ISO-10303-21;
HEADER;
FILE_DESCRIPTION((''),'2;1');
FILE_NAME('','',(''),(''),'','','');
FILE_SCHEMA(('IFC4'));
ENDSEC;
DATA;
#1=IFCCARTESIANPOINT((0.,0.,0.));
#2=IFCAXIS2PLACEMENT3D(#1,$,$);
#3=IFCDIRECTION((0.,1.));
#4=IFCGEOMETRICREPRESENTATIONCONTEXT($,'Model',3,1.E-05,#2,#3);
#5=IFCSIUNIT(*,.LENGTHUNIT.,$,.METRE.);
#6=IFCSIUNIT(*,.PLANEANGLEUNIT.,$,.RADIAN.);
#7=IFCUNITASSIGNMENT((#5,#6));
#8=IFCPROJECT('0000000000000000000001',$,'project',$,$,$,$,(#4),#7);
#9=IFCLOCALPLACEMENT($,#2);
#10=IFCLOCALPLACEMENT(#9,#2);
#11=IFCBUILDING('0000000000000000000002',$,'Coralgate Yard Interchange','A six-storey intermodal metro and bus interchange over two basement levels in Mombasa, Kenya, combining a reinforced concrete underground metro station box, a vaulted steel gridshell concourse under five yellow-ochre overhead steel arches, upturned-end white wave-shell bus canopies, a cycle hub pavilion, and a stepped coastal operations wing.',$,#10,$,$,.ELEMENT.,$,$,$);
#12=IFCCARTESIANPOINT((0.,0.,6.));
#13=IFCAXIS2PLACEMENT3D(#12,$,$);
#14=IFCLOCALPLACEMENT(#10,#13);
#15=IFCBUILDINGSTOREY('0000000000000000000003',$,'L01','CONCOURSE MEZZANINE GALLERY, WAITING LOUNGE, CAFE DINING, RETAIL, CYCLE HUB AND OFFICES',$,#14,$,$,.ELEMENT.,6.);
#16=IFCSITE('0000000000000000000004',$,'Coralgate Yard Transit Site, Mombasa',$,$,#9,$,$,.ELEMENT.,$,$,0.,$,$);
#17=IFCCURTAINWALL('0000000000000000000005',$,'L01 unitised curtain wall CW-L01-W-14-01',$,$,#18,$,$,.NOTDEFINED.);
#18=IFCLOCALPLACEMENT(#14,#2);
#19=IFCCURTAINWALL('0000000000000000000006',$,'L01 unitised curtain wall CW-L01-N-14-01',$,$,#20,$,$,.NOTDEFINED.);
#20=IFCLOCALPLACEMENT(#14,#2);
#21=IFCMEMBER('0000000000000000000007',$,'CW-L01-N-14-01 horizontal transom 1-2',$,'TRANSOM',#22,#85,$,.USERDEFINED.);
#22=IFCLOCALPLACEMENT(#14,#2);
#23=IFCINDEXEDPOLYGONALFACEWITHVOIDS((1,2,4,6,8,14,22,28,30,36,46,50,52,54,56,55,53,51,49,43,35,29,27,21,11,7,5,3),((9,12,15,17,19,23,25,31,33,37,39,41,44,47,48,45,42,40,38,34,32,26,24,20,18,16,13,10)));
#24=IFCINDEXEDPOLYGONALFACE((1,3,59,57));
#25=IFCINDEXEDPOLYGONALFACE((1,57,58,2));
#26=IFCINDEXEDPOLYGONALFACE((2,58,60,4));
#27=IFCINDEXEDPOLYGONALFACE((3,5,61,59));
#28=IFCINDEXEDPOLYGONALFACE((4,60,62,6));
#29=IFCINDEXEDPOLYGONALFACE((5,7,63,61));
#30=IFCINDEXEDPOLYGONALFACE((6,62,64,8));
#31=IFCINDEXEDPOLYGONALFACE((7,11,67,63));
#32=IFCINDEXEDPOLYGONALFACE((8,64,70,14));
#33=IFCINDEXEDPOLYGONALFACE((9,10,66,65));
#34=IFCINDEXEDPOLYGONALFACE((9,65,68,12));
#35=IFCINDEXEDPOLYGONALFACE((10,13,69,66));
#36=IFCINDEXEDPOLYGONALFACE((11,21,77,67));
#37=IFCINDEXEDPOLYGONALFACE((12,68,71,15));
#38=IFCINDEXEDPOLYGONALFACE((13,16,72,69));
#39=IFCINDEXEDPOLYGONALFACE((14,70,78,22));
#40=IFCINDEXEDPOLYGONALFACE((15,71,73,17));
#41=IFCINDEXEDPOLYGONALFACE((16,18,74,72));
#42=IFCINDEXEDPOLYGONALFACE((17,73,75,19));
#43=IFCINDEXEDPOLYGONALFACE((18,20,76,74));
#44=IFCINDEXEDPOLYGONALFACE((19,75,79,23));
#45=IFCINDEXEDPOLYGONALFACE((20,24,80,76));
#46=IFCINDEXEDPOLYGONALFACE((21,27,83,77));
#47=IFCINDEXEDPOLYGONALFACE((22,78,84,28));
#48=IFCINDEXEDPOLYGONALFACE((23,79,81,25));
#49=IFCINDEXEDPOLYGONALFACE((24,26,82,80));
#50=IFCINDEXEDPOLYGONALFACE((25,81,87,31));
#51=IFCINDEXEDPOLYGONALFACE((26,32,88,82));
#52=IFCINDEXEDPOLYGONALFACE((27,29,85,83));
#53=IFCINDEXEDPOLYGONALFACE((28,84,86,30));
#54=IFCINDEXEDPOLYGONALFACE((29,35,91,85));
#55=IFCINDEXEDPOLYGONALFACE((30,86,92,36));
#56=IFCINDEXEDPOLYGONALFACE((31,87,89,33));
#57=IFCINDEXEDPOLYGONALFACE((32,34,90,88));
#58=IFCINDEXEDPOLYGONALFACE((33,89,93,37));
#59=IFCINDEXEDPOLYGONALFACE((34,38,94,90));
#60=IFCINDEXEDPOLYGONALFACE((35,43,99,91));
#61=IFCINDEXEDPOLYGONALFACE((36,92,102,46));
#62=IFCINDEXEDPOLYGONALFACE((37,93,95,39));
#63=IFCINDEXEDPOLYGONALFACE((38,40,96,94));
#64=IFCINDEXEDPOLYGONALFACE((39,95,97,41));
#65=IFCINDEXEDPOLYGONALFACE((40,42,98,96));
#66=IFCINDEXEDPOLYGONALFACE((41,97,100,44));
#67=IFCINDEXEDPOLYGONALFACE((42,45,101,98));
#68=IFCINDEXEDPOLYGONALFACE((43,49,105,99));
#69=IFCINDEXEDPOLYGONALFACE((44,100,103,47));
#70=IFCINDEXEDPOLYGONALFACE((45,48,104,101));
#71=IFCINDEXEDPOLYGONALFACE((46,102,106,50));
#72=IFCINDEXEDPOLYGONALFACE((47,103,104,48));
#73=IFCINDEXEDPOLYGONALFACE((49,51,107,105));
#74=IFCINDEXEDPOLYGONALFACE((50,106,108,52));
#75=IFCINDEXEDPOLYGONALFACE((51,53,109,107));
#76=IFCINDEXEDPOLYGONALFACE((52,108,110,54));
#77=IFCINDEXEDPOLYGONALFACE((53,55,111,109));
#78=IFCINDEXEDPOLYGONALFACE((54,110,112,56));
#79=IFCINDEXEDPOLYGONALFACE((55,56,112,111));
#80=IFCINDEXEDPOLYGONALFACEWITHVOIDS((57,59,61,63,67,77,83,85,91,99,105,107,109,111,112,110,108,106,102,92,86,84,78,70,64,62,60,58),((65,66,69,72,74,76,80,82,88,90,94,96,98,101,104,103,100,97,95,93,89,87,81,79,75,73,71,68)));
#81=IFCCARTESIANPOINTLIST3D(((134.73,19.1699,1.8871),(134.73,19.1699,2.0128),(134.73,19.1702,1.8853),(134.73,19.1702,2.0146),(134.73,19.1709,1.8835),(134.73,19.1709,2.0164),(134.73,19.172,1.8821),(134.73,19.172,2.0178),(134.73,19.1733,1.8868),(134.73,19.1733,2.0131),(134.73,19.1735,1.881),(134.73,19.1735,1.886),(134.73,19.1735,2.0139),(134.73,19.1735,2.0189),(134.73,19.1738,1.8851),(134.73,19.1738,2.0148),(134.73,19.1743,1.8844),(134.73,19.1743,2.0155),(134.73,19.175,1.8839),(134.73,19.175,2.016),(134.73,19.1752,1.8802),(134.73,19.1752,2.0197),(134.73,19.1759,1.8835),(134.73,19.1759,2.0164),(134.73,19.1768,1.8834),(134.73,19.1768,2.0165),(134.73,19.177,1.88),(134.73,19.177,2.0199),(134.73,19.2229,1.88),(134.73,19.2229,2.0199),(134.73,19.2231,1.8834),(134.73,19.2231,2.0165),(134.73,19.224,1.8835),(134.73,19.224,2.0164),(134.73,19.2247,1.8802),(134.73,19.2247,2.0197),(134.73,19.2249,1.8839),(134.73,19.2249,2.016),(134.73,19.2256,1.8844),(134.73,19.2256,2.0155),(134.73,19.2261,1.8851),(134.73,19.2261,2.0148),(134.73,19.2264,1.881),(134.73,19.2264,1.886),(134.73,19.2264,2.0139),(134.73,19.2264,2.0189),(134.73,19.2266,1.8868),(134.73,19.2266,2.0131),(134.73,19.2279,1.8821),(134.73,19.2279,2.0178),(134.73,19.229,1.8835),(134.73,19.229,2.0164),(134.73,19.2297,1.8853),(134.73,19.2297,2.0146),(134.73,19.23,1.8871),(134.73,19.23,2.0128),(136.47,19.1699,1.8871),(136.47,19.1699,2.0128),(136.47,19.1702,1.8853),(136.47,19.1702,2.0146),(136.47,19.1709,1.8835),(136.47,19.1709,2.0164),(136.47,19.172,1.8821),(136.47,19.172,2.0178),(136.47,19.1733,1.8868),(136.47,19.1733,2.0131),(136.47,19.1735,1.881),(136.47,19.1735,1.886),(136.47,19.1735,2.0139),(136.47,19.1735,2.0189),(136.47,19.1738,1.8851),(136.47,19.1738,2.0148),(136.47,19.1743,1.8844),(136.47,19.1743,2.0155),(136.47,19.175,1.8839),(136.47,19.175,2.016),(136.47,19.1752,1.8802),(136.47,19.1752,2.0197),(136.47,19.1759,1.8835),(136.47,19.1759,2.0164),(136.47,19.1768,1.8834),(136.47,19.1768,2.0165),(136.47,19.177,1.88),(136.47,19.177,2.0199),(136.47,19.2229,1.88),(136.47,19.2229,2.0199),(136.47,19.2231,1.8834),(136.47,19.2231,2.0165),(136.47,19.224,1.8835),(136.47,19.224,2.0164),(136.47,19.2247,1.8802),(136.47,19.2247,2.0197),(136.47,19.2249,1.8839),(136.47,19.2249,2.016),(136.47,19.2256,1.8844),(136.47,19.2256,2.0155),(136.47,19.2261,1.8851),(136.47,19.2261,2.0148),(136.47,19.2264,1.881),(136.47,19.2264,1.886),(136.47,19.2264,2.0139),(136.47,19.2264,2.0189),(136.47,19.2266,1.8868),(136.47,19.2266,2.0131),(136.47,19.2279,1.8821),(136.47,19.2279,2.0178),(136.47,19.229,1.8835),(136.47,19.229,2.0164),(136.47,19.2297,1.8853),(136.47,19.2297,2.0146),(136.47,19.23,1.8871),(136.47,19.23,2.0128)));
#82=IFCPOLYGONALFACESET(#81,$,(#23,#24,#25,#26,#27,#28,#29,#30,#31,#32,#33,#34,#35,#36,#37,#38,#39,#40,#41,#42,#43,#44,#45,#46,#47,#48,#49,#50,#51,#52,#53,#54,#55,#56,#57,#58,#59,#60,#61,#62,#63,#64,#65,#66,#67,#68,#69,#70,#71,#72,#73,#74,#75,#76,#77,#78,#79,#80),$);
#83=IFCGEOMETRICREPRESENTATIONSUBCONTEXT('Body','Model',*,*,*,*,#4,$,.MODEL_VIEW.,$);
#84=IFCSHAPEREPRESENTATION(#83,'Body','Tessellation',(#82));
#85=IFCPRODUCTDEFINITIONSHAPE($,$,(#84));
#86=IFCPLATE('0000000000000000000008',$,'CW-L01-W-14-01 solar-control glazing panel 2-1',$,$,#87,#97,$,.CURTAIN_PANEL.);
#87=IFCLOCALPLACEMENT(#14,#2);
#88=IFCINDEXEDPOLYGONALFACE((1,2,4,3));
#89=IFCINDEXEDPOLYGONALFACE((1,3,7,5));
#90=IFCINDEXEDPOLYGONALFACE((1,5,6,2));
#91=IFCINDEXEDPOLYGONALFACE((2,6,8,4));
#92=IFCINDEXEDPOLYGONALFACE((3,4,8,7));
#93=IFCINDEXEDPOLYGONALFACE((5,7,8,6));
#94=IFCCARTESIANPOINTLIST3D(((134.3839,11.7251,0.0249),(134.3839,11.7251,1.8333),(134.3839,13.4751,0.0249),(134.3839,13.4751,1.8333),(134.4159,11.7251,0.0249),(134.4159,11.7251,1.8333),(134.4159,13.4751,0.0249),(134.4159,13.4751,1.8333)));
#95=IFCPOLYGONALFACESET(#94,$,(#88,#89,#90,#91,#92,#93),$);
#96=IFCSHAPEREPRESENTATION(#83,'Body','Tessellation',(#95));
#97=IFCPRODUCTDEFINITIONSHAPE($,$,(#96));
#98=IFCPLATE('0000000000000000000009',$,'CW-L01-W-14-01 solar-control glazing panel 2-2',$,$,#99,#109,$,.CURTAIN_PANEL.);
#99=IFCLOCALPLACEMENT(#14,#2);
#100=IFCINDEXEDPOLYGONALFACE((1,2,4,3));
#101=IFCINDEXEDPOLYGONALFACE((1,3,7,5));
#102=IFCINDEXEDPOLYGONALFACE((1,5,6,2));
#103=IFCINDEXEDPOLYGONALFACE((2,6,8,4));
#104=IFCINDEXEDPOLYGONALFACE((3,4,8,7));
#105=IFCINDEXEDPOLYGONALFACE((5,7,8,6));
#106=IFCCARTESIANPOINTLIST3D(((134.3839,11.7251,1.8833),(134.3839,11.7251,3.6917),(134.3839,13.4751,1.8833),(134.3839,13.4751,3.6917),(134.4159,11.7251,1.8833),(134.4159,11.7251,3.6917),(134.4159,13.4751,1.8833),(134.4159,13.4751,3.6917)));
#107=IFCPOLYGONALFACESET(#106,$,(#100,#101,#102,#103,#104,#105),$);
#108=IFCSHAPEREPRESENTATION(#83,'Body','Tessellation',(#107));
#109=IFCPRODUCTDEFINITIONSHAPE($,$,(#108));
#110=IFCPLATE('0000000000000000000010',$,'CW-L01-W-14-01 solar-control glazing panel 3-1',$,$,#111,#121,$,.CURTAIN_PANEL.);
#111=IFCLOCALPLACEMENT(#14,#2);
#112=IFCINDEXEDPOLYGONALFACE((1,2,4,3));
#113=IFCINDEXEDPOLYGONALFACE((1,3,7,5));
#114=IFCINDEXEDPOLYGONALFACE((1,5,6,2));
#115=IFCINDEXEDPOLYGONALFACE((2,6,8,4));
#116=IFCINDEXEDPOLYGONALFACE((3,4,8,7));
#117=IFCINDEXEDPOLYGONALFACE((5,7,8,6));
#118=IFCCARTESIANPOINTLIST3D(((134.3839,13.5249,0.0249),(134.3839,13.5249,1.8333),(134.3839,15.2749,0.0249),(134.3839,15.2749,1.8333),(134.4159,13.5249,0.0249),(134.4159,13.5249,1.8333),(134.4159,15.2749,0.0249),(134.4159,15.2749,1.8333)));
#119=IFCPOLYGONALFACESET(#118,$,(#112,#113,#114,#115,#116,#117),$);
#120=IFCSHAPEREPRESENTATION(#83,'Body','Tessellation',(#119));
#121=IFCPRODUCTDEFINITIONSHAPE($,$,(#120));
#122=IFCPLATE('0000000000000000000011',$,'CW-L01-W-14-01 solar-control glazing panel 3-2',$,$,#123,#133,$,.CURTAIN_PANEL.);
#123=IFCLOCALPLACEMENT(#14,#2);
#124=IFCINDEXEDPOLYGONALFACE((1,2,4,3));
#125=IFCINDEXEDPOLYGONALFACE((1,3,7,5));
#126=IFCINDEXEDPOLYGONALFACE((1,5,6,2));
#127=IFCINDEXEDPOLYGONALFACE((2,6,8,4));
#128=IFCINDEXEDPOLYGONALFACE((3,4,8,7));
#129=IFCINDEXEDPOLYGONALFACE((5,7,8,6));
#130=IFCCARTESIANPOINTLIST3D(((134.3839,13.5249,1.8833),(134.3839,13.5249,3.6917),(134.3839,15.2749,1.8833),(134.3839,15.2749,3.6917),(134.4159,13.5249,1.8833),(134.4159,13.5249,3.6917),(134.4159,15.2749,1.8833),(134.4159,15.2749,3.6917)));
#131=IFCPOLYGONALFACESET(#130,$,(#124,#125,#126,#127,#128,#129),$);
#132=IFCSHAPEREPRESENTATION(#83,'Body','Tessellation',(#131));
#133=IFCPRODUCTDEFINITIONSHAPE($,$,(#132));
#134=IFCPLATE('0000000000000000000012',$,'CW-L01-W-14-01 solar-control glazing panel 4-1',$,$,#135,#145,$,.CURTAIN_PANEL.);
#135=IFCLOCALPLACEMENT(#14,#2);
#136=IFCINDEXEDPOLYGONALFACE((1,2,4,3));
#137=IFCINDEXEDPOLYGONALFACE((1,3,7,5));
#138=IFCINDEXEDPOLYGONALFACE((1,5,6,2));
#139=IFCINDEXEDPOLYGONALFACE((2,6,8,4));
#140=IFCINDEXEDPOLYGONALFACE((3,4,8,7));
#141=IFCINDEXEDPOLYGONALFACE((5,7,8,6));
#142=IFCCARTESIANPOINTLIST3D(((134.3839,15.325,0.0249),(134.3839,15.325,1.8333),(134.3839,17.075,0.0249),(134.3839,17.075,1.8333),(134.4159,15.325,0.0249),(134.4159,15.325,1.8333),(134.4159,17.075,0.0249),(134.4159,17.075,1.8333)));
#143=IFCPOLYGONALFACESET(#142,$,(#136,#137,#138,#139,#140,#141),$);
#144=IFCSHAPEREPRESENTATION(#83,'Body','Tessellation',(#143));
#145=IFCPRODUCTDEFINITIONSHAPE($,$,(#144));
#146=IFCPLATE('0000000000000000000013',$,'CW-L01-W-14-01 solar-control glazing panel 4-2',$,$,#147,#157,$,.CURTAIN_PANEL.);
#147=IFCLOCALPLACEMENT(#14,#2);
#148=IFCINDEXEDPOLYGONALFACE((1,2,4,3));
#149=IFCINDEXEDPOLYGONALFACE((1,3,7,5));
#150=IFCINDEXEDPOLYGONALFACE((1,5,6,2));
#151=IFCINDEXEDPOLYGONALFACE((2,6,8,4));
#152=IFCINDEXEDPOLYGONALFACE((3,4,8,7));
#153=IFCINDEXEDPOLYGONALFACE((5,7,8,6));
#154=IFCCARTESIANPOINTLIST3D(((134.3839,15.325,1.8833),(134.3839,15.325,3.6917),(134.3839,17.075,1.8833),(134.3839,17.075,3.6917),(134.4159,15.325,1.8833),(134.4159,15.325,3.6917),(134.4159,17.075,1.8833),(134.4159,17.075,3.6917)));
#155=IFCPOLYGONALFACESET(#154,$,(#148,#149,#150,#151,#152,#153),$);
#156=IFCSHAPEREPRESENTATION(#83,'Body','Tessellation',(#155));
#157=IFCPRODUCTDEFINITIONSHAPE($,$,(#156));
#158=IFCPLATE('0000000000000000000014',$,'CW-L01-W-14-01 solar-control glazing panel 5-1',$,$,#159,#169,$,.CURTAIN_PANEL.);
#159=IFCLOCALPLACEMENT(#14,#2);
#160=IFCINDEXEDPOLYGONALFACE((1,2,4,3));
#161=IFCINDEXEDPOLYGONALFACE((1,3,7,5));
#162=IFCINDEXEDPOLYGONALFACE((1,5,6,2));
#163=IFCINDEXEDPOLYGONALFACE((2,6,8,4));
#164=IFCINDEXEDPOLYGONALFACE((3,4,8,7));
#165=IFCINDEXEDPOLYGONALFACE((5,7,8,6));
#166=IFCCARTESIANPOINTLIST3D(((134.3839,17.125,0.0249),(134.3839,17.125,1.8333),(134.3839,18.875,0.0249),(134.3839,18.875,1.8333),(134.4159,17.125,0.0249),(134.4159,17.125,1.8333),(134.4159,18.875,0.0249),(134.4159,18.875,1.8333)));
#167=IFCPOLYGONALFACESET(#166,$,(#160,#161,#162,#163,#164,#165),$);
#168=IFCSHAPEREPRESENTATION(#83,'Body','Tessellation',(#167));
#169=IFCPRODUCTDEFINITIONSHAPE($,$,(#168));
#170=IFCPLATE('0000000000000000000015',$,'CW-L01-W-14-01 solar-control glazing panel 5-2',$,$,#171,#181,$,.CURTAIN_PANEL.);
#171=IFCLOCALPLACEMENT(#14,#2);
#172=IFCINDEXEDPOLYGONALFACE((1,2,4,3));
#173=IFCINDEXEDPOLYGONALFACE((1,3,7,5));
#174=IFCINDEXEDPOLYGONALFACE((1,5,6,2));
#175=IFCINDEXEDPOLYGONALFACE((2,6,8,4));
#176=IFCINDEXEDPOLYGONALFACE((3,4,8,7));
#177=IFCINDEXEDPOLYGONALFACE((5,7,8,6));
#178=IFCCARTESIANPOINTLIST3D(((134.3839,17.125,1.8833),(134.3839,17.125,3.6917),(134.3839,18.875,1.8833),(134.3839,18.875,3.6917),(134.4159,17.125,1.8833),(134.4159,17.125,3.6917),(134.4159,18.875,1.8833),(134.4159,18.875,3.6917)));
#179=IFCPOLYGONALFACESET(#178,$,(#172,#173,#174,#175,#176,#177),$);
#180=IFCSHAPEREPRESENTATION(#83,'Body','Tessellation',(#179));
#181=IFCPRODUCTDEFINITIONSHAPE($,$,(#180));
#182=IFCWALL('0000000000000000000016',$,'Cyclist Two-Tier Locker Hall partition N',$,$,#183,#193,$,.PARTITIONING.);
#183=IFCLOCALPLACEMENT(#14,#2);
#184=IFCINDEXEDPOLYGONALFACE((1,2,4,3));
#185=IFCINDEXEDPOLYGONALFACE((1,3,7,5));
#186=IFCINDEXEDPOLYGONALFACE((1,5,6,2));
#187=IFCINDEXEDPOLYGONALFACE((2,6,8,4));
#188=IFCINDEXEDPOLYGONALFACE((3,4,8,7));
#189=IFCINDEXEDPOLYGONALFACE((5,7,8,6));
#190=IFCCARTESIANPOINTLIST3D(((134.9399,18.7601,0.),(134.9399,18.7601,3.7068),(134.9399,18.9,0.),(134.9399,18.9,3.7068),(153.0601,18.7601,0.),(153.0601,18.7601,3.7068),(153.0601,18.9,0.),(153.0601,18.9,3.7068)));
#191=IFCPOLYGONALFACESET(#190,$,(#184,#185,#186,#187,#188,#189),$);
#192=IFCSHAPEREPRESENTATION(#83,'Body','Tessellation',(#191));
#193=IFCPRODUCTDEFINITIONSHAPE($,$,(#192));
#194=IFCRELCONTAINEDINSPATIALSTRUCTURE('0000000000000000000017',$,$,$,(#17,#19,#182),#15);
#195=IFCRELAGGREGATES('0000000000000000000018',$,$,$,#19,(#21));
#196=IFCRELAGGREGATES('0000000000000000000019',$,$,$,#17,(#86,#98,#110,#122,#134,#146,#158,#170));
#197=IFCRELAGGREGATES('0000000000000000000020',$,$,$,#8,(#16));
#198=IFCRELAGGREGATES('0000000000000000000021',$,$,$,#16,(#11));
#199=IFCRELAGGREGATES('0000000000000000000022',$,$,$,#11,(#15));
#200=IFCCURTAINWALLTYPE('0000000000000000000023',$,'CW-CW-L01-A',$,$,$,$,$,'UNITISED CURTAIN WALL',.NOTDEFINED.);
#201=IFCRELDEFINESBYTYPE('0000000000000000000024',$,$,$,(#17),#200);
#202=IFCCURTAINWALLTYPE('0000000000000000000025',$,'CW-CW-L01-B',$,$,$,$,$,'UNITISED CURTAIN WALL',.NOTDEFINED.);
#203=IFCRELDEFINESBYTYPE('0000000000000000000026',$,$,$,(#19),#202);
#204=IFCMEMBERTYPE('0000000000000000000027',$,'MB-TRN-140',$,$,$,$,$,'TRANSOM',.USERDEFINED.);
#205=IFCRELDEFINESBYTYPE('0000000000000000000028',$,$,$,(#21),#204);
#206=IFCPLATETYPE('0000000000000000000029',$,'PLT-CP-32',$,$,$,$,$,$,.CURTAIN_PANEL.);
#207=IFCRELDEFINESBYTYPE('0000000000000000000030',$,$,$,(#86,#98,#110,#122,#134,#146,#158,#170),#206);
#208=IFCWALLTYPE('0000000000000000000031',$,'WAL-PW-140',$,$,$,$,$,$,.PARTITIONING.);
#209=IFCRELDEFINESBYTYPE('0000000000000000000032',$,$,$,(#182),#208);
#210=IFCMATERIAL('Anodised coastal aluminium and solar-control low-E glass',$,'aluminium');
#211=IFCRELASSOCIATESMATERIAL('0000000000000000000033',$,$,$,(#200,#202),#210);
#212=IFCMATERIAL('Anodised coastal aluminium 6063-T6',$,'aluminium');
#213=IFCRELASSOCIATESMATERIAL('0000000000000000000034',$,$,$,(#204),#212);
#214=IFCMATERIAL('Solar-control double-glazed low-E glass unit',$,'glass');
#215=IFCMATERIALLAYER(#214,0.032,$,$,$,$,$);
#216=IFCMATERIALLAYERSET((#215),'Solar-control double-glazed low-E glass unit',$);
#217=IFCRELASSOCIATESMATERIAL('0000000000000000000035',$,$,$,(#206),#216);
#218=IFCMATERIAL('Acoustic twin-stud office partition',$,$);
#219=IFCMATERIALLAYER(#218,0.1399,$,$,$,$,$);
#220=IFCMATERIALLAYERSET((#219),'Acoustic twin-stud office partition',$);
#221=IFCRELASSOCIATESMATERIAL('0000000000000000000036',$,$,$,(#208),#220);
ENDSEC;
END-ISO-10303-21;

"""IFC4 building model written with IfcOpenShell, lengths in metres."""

from ifc_helpers import new_model, si_unit, direction, frame, frame_2d, origin, origin_2d, place, context, subcontext, project, spatial, rectangle, hollow_rectangle, extrude, material, layer, layer_set, material_profile, profile_set, type_object, element, aggregate, save


model = new_model("IFC4")

# Units and contexts
model_context = context("Model", 3, precision=1e-05, world=origin(), true_north=direction((0.0, 1.0)))
body_context = subcontext(model_context, "Body", "Model", "MODEL_VIEW")
ifc_project = project(units=[si_unit("LENGTHUNIT", "METRE"), si_unit("PLANEANGLEUNIT", "RADIAN")], contexts=[model_context])

# Site, building, storey
site_placement = place(None, origin())
site = spatial("IfcSite", under=ifc_project, at=site_placement, Name="Coralgate Yard Transit Site, Mombasa", CompositionType="ELEMENT", RefElevation=0.0)
building_placement = place(site_placement, origin())
building = spatial("IfcBuilding", under=site, at=building_placement, Name="Coralgate Yard Interchange", Description="A six-storey intermodal metro and bus interchange over two basement levels in Mombasa, Kenya, combining a reinforced concrete underground metro station box, a vaulted steel gridshell concourse under five yellow-ochre overhead steel arches, upturned-end white wave-shell bus canopies, a cycle hub pavilion, and a stepped coastal operations wing.", CompositionType="ELEMENT")
storey_placement = place(building_placement, frame((0.0, 0.0, 6.0)))
storey = spatial("IfcBuildingStorey", under=building, at=storey_placement, Name="L01", Description="CONCOURSE MEZZANINE GALLERY, WAITING LOUNGE, CAFE DINING, RETAIL, CYCLE HUB AND OFFICES", CompositionType="ELEMENT", Elevation=6.0)

# Curtain wall
ifc_material_1 = material(Name="Anodised coastal aluminium and solar-control low-E glass", Category="aluminium")
curtain_wall_type_1 = type_object("IfcCurtainWallType", Name="CW-CW-L01-A", ElementType="UNITISED CURTAIN WALL", PredefinedType="NOTDEFINED", material=ifc_material_1)
curtain_wall_1_placement = place(storey_placement, origin())
curtain_wall_1 = element("IfcCurtainWall", 1, at=curtain_wall_1_placement, inside=storey, type_object=curtain_wall_type_1, Name="L01 unitised curtain wall CW-L01-W-14-01", PredefinedType="NOTDEFINED")
ifc_material_2 = material(Name="Anodised coastal aluminium 6063-T6", Category="aluminium")

# Curtain wall
curtain_wall_type_2 = type_object("IfcCurtainWallType", Name="CW-CW-L01-B", ElementType="UNITISED CURTAIN WALL", PredefinedType="NOTDEFINED", material=ifc_material_1)
curtain_wall_2_placement = place(storey_placement, origin())
curtain_wall_2 = element("IfcCurtainWall", 2, at=curtain_wall_2_placement, inside=storey, type_object=curtain_wall_type_2, Name="L01 unitised curtain wall CW-L01-N-14-01", PredefinedType="NOTDEFINED")

# Member
ifc_material_profile_1 = material_profile(ifc_material_2, hollow_rectangle(XDim=0.0601, YDim=0.1399, WallThickness=0.0034, InnerFilletRadius=0.0034, OuterFilletRadius=0.0071, at=origin_2d()), Name="ALU 60x140x3.5")
ifc_profile_set_1 = profile_set([ifc_material_profile_1], Name="Anodised coastal aluminium 6063-T6")
member_type_1 = type_object("IfcMemberType", Name="MB-TRN-140", ElementType="TRANSOM", PredefinedType="USERDEFINED", material=ifc_profile_set_1)
member_1_placement = place(storey_placement, frame((134.73, 19.2, 1.95), z_axis=(1.0, 0.0, 0.0), x_axis=(0.0, 1.0, 0.0)))
member_1 = element("IfcMember", 3, at=member_1_placement, type_object=member_type_1, Name="CW-L01-N-14-01 horizontal transom 1-2", ObjectType="TRANSOM", PredefinedType="USERDEFINED", context=body_context, shape_type="SweptSolid", body=[
    extrude(hollow_rectangle(XDim=0.0601, YDim=0.1399, WallThickness=0.0034, InnerFilletRadius=0.0034, OuterFilletRadius=0.0071, at=origin_2d()), origin(), (0.0, 0.0, 1.0), 1.74),
])
aggregate(curtain_wall_2, [member_1])

# Plates
ifc_material_3 = material(Name="Solar-control double-glazed low-E glass unit", Category="glass")
ifc_layer_1 = layer(ifc_material_3, 0.032)
ifc_layer_set_1 = layer_set([ifc_layer_1], Name="Solar-control double-glazed low-E glass unit")
plate_type = type_object("IfcPlateType", Name="PLT-CP-32", PredefinedType="CURTAIN_PANEL", material=ifc_layer_set_1)
plate_1_placement = place(storey_placement, frame((134.3999, 12.6001, 0.0249), z_axis=(0.0, 0.0, 1.0), x_axis=(0.0, 1.0, 0.0)))
plate_1 = element("IfcPlate", 4, at=plate_1_placement, type_object=plate_type, Name="CW-L01-W-14-01 solar-control glazing panel 2-1", PredefinedType="CURTAIN_PANEL", context=body_context, shape_type="SweptSolid", body=[
    extrude(rectangle(XDim=1.75, YDim=0.032, at=origin_2d()), origin(), (0.0, 0.0, 1.0), 1.8083),
])
plate_2_placement = place(storey_placement, frame((134.3999, 12.6001, 1.8833), z_axis=(0.0, 0.0, 1.0), x_axis=(0.0, 1.0, 0.0)))
plate_2 = element("IfcPlate", 5, at=plate_2_placement, type_object=plate_type, Name="CW-L01-W-14-01 solar-control glazing panel 2-2", PredefinedType="CURTAIN_PANEL", context=body_context, shape_type="SweptSolid", body=[
    extrude(rectangle(XDim=1.75, YDim=0.032, at=origin_2d()), origin(), (0.0, 0.0, 1.0), 1.8083),
])
plate_3_placement = place(storey_placement, frame((134.3999, 14.3999, 0.0249), z_axis=(0.0, 0.0, 1.0), x_axis=(0.0, 1.0, 0.0)))
plate_3 = element("IfcPlate", 6, at=plate_3_placement, type_object=plate_type, Name="CW-L01-W-14-01 solar-control glazing panel 3-1", PredefinedType="CURTAIN_PANEL", context=body_context, shape_type="SweptSolid", body=[
    extrude(rectangle(XDim=1.75, YDim=0.032, at=origin_2d()), origin(), (0.0, 0.0, 1.0), 1.8083),
])
plate_4_placement = place(storey_placement, frame((134.3999, 14.3999, 1.8833), z_axis=(0.0, 0.0, 1.0), x_axis=(0.0, 1.0, 0.0)))
plate_4 = element("IfcPlate", 7, at=plate_4_placement, type_object=plate_type, Name="CW-L01-W-14-01 solar-control glazing panel 3-2", PredefinedType="CURTAIN_PANEL", context=body_context, shape_type="SweptSolid", body=[
    extrude(rectangle(XDim=1.75, YDim=0.032, at=origin_2d()), origin(), (0.0, 0.0, 1.0), 1.8083),
])
plate_5_placement = place(storey_placement, frame((134.3999, 16.2, 0.0249), z_axis=(0.0, 0.0, 1.0), x_axis=(0.0, 1.0, 0.0)))
plate_5 = element("IfcPlate", 8, at=plate_5_placement, type_object=plate_type, Name="CW-L01-W-14-01 solar-control glazing panel 4-1", PredefinedType="CURTAIN_PANEL", context=body_context, shape_type="SweptSolid", body=[
    extrude(rectangle(XDim=1.75, YDim=0.032, at=origin_2d()), origin(), (0.0, 0.0, 1.0), 1.8083),
])
plate_6_placement = place(storey_placement, frame((134.3999, 16.2, 1.8833), z_axis=(0.0, 0.0, 1.0), x_axis=(0.0, 1.0, 0.0)))
plate_6 = element("IfcPlate", 9, at=plate_6_placement, type_object=plate_type, Name="CW-L01-W-14-01 solar-control glazing panel 4-2", PredefinedType="CURTAIN_PANEL", context=body_context, shape_type="SweptSolid", body=[
    extrude(rectangle(XDim=1.75, YDim=0.032, at=origin_2d()), origin(), (0.0, 0.0, 1.0), 1.8083),
])
plate_7_placement = place(storey_placement, frame((134.3999, 18.0, 0.0249), z_axis=(0.0, 0.0, 1.0), x_axis=(0.0, 1.0, 0.0)))
plate_7 = element("IfcPlate", 10, at=plate_7_placement, type_object=plate_type, Name="CW-L01-W-14-01 solar-control glazing panel 5-1", PredefinedType="CURTAIN_PANEL", context=body_context, shape_type="SweptSolid", body=[
    extrude(rectangle(XDim=1.75, YDim=0.032, at=origin_2d()), origin(), (0.0, 0.0, 1.0), 1.8083),
])
plate_8_placement = place(storey_placement, frame((134.3999, 18.0, 1.8833), z_axis=(0.0, 0.0, 1.0), x_axis=(0.0, 1.0, 0.0)))
plate_8 = element("IfcPlate", 11, at=plate_8_placement, type_object=plate_type, Name="CW-L01-W-14-01 solar-control glazing panel 5-2", PredefinedType="CURTAIN_PANEL", context=body_context, shape_type="SweptSolid", body=[
    extrude(rectangle(XDim=1.75, YDim=0.032, at=origin_2d()), origin(), (0.0, 0.0, 1.0), 1.8083),
])
aggregate(curtain_wall_1, [plate_1, plate_2, plate_3, plate_4, plate_5, plate_6, plate_7, plate_8])

# Wall
ifc_material_4 = material(Name="Acoustic twin-stud office partition")
ifc_layer_2 = layer(ifc_material_4, 0.1399)
ifc_layer_set_2 = layer_set([ifc_layer_2], Name="Acoustic twin-stud office partition")
wall_type = type_object("IfcWallType", Name="WAL-PW-140", PredefinedType="PARTITIONING", material=ifc_layer_set_2)
wall_placement = place(storey_placement, frame((134.9399, 18.8301, 0.0), z_axis=(0.0, 0.0, 1.0), x_axis=(1.0, 0.0, 0.0)))
element("IfcWall", 12, at=wall_placement, inside=storey, type_object=wall_type, Name="Cyclist Two-Tier Locker Hall partition N", PredefinedType="PARTITIONING", context=body_context, shape_type="SweptSolid", body=[
    extrude(rectangle(XDim=18.1201, YDim=0.1399, at=frame_2d((9.0601, 0.0))), origin(), (0.0, 0.0, 1.0), 3.7068),
])

save(model, "model.ifc")
